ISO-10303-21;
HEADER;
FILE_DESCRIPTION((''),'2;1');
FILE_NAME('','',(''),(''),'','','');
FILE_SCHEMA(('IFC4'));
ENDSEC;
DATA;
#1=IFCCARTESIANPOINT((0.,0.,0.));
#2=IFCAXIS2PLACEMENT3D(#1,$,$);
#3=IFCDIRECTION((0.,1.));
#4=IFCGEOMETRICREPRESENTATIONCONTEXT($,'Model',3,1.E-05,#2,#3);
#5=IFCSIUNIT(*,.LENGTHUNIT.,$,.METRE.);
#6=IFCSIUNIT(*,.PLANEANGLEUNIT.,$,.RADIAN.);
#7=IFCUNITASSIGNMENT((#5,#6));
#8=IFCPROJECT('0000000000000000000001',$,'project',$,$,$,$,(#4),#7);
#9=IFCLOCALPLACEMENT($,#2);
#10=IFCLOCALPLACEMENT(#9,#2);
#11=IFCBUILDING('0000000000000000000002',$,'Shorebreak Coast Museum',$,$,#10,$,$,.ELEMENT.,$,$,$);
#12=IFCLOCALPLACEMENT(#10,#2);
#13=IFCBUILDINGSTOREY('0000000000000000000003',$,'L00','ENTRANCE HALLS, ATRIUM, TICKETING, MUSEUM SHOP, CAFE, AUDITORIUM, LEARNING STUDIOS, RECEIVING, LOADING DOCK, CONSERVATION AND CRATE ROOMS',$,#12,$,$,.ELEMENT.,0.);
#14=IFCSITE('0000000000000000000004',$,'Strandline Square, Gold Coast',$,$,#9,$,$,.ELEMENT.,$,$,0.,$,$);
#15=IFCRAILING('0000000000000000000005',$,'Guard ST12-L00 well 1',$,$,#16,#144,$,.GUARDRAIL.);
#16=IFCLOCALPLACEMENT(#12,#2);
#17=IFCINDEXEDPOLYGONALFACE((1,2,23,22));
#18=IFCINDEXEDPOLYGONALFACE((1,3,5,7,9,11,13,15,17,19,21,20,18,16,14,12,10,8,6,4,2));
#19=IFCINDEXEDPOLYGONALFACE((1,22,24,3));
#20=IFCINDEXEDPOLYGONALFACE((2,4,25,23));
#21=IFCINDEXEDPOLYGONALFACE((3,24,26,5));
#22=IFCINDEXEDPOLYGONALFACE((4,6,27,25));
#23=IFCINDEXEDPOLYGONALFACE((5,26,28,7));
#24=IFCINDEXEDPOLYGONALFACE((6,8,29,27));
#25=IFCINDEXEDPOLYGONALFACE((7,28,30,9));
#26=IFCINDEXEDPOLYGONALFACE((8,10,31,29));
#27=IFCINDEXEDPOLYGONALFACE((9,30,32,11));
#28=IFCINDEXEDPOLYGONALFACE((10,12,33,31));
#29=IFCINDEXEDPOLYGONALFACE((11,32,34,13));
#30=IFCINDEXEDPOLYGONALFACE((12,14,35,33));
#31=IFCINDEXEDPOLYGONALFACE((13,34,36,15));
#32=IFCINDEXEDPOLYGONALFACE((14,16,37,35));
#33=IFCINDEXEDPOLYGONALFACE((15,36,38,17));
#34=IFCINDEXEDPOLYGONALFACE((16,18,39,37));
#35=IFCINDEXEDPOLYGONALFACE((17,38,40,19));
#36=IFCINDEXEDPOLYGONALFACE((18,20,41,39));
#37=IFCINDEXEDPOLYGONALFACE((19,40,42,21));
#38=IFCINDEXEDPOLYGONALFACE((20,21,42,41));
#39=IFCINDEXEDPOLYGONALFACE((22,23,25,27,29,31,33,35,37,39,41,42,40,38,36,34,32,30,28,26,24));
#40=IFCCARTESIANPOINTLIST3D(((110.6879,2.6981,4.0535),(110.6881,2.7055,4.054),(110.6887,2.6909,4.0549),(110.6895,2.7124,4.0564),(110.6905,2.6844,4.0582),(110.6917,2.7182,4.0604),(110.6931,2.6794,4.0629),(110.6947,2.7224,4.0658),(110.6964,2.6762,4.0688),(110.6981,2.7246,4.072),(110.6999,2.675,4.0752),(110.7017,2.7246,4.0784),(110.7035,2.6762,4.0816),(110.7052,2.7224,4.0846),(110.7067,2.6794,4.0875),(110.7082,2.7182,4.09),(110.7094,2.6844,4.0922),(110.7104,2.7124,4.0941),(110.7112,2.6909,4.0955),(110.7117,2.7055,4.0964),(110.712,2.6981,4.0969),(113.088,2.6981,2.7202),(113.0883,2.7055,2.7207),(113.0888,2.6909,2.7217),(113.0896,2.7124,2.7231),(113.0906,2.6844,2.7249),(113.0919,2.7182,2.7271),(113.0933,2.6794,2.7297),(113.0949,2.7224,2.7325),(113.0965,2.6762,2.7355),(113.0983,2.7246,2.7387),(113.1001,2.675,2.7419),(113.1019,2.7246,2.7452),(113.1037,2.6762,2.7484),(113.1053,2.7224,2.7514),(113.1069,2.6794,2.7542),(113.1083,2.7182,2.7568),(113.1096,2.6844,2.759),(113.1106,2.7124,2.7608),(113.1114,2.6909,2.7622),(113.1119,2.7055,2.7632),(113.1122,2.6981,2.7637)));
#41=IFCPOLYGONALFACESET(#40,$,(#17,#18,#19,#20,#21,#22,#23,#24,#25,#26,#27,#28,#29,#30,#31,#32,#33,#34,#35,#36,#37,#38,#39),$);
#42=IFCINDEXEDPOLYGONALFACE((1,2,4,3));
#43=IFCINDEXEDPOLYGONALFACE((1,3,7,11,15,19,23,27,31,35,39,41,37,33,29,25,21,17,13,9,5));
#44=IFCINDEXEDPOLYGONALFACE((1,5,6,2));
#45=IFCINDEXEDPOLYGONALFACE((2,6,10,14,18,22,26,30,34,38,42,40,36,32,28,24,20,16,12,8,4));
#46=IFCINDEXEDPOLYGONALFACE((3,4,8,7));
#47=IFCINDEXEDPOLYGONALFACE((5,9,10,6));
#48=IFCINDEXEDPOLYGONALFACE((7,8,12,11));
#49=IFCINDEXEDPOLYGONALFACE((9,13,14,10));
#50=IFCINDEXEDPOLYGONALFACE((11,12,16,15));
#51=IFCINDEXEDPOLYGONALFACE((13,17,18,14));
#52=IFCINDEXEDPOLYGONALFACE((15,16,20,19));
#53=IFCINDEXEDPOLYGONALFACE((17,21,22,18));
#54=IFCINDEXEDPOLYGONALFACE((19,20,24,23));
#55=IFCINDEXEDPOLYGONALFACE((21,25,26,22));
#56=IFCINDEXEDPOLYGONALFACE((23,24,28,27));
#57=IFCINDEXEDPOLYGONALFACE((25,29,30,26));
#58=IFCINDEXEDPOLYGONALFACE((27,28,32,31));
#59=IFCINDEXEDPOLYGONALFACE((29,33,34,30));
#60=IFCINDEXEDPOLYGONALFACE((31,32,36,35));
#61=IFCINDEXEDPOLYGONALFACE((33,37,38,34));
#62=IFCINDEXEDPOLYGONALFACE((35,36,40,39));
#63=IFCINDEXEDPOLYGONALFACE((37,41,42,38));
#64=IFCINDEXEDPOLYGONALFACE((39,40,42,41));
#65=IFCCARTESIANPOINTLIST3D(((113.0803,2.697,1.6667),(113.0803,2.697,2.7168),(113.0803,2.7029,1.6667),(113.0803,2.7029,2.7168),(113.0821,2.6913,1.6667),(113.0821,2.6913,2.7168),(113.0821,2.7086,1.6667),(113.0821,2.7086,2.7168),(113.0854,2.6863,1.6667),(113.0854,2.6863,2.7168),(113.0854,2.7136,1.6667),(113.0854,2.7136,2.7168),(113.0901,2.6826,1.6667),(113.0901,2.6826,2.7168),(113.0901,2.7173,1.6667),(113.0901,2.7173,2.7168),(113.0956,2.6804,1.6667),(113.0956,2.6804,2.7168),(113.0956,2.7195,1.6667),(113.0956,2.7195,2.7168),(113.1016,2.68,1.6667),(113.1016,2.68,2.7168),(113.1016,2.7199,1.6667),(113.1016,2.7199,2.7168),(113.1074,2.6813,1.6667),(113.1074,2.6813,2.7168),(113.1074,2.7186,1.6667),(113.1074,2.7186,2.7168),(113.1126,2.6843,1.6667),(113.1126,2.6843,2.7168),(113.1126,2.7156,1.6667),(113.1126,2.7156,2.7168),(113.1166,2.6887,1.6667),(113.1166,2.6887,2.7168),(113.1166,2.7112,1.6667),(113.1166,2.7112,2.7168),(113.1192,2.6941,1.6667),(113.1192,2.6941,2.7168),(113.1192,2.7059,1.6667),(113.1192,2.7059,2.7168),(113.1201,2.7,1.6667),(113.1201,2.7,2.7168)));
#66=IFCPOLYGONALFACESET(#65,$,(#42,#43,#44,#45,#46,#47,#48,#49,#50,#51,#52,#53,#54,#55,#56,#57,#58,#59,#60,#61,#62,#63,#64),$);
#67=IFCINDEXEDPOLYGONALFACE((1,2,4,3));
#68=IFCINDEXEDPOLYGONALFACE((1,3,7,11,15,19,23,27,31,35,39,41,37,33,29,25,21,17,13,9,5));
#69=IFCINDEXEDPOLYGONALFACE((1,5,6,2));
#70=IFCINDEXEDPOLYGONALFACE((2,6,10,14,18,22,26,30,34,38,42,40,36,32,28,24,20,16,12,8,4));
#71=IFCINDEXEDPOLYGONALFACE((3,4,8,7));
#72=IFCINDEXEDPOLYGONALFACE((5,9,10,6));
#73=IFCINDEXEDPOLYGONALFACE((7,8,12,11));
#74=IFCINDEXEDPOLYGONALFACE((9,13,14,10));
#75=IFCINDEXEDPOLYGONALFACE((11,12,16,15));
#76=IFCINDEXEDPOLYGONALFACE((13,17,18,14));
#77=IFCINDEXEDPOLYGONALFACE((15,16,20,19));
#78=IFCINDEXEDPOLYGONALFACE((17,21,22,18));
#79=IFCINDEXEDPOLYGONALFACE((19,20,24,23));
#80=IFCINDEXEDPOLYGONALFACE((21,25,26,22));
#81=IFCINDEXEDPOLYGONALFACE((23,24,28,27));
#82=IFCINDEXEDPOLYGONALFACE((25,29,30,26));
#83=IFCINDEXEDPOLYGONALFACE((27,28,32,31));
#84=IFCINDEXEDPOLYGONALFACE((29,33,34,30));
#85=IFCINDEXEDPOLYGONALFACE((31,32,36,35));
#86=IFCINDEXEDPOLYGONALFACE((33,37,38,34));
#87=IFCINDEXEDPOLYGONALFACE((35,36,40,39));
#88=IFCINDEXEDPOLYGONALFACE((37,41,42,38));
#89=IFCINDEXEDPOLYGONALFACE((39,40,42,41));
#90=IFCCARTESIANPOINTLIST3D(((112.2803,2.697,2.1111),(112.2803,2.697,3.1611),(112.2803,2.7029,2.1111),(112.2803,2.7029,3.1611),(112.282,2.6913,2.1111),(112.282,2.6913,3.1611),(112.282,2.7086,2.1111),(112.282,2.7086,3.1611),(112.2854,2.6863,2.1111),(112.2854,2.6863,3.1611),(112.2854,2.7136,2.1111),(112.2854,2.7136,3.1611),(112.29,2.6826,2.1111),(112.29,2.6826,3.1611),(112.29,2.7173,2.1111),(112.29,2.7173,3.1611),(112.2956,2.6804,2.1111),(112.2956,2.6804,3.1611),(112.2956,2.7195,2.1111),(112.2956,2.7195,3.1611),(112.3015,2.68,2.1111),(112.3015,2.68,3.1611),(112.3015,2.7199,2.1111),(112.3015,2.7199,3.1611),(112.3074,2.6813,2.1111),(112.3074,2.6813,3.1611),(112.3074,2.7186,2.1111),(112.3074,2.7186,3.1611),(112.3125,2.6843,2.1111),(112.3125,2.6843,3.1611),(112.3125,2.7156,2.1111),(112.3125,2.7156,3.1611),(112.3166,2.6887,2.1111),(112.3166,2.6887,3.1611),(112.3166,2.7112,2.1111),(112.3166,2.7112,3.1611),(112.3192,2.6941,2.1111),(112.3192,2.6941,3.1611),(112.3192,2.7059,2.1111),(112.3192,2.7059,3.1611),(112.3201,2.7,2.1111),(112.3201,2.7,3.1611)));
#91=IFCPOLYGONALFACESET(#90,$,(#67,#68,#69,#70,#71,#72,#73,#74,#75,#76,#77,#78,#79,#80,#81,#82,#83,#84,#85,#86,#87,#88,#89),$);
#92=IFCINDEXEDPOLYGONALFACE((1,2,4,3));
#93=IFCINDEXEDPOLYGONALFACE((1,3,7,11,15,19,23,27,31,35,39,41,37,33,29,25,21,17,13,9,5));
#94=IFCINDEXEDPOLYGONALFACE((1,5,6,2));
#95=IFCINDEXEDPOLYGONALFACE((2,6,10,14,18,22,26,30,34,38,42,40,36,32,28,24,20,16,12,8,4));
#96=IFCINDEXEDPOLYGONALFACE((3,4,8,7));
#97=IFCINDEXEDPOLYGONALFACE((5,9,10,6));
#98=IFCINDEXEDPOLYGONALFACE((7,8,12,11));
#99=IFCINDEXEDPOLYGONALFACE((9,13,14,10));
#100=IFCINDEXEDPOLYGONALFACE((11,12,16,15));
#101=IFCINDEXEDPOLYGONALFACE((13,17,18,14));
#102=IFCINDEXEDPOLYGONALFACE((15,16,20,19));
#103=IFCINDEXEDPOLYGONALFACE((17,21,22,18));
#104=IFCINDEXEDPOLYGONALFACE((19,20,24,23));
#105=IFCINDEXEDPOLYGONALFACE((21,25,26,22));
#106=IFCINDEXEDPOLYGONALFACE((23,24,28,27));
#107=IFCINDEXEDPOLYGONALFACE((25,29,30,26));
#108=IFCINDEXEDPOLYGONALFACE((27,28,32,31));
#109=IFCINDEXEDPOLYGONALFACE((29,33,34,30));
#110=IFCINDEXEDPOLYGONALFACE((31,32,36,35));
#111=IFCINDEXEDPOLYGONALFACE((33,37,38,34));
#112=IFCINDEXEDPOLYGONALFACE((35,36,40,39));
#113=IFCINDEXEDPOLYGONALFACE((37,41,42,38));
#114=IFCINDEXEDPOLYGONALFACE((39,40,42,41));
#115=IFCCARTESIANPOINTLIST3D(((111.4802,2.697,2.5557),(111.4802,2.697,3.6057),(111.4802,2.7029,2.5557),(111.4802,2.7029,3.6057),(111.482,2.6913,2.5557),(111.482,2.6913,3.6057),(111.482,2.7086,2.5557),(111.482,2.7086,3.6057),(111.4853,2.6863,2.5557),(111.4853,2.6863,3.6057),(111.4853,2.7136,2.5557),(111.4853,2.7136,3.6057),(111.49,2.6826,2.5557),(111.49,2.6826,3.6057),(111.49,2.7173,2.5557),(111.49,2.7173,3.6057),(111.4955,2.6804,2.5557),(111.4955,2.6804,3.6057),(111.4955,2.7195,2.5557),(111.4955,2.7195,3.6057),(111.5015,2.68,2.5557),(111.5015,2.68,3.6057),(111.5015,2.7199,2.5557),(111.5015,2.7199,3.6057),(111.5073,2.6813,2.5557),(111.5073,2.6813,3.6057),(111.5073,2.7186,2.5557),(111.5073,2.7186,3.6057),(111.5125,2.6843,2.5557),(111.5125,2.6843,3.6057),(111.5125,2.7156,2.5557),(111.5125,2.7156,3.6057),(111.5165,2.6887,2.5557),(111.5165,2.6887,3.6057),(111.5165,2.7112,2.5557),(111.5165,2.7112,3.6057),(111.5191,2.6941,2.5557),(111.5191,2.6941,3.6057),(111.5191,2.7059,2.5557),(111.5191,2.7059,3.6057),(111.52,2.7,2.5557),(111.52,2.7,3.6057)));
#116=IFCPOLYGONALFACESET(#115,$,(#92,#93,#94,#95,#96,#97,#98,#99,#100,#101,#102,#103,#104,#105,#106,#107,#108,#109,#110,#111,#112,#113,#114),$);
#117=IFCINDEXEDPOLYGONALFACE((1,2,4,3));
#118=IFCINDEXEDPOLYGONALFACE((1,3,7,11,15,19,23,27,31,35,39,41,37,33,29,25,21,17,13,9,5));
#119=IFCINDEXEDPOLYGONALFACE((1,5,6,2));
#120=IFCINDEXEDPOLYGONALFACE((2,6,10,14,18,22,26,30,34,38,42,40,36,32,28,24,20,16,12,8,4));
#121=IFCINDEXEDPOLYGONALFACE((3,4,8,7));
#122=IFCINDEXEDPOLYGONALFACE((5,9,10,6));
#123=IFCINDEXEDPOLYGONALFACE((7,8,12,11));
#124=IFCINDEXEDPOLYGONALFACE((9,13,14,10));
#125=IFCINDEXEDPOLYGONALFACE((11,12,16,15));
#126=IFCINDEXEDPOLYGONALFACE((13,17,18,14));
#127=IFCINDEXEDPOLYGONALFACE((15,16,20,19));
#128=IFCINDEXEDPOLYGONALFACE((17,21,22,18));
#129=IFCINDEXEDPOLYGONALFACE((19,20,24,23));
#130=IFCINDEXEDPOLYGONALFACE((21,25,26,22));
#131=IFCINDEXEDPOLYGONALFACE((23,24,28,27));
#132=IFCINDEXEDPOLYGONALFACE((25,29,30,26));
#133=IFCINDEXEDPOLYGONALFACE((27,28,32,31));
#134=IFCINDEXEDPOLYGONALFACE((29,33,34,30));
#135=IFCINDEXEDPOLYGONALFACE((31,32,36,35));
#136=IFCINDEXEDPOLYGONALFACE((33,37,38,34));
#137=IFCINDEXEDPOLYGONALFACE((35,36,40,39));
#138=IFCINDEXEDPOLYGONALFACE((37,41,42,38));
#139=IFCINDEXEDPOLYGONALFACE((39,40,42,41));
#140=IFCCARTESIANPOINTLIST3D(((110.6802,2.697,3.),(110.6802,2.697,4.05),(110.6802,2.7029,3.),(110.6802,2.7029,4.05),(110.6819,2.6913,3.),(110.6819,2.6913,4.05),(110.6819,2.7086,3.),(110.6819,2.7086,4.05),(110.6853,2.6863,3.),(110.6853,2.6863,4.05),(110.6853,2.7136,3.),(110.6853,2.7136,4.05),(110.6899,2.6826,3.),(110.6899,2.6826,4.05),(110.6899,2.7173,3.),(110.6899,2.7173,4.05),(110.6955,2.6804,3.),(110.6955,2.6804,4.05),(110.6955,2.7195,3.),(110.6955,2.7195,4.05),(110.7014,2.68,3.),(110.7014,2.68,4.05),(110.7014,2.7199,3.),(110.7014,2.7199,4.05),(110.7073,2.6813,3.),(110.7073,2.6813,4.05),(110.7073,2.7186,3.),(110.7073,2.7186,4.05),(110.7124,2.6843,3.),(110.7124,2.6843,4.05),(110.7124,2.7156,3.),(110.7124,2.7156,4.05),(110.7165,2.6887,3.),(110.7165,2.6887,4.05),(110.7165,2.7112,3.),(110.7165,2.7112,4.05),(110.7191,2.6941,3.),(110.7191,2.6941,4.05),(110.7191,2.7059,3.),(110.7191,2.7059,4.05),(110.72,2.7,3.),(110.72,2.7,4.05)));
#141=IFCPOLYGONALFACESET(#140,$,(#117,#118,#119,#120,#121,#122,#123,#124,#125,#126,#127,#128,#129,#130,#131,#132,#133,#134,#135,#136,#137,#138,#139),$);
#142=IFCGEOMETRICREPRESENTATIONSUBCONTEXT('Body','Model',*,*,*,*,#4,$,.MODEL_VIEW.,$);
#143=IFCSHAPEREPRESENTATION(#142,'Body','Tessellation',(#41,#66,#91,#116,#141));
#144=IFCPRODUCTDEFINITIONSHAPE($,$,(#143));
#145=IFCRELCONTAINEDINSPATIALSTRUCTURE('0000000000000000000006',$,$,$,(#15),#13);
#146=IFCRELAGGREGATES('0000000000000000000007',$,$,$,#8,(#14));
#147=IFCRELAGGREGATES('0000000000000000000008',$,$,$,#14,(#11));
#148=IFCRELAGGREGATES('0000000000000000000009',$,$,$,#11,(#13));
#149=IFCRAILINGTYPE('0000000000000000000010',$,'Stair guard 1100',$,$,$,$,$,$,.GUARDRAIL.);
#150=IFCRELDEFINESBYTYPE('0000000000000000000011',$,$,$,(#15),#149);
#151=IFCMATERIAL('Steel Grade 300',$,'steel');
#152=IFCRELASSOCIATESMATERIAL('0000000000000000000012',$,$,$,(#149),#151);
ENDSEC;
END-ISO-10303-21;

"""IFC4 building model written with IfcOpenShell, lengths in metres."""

from ifc_helpers import new_model, si_unit, direction, frame, origin, origin_2d, place, context, subcontext, project, spatial, circle, extrude, material, type_object, element, save


model = new_model("IFC4")

# Units and contexts
model_context = context("Model", 3, precision=1e-05, world=origin(), true_north=direction((0.0, 1.0)))
body_context = subcontext(model_context, "Body", "Model", "MODEL_VIEW")
ifc_project = project(units=[si_unit("LENGTHUNIT", "METRE"), si_unit("PLANEANGLEUNIT", "RADIAN")], contexts=[model_context])

# Site, building, storey
site_placement = place(None, origin())
site = spatial("IfcSite", under=ifc_project, at=site_placement, Name="Strandline Square, Gold Coast", CompositionType="ELEMENT", RefElevation=0.0)
building_placement = place(site_placement, origin())
building = spatial("IfcBuilding", under=site, at=building_placement, Name="Shorebreak Coast Museum", CompositionType="ELEMENT")
storey_placement = place(building_placement, origin())
storey = spatial("IfcBuildingStorey", under=building, at=storey_placement, Name="L00", Description="ENTRANCE HALLS, ATRIUM, TICKETING, MUSEUM SHOP, CAFE, AUDITORIUM, LEARNING STUDIOS, RECEIVING, LOADING DOCK, CONSERVATION AND CRATE ROOMS", CompositionType="ELEMENT", Elevation=0.0)

# Railing
ifc_material_1 = material(Name="Steel Grade 300", Category="steel")
railing_type_1 = type_object("IfcRailingType", Name="Stair guard 1100", PredefinedType="GUARDRAIL", material=ifc_material_1)
for number, where, name in (
    (1, (113.1001, 2.7, 1.6667), "Guard ST12-L00 well 1"),
):
    element("IfcRailing", number, at=place(storey_placement, frame(where)), inside=storey, type_object=railing_type_1, Name=name, PredefinedType="GUARDRAIL", context=body_context, shape_type="SweptSolid", body=[
        extrude(circle(Radius=0.0249, at=origin_2d()), frame((0.0, 0.0, 1.0752), z_axis=(-0.874182, 0.0, 0.485598), x_axis=(0.0, -1.0, 0.0)), (0.0, 0.0, 1.0), 2.7456),
        extrude(circle(Radius=0.02, at=origin_2d()), origin(), (0.0, 0.0, 1.0), 1.05),
        extrude(circle(Radius=0.02, at=origin_2d()), frame((-0.8, 0.0, 0.4443)), (0.0, 0.0, 1.0), 1.05),
        extrude(circle(Radius=0.02, at=origin_2d()), frame((-1.6001, 0.0, 0.8889)), (0.0, 0.0, 1.0), 1.05),
        extrude(circle(Radius=0.02, at=origin_2d()), frame((-2.4001, 0.0, 1.3333)), (0.0, 0.0, 1.0), 1.05),
    ])

save(model, "model.ifc")
